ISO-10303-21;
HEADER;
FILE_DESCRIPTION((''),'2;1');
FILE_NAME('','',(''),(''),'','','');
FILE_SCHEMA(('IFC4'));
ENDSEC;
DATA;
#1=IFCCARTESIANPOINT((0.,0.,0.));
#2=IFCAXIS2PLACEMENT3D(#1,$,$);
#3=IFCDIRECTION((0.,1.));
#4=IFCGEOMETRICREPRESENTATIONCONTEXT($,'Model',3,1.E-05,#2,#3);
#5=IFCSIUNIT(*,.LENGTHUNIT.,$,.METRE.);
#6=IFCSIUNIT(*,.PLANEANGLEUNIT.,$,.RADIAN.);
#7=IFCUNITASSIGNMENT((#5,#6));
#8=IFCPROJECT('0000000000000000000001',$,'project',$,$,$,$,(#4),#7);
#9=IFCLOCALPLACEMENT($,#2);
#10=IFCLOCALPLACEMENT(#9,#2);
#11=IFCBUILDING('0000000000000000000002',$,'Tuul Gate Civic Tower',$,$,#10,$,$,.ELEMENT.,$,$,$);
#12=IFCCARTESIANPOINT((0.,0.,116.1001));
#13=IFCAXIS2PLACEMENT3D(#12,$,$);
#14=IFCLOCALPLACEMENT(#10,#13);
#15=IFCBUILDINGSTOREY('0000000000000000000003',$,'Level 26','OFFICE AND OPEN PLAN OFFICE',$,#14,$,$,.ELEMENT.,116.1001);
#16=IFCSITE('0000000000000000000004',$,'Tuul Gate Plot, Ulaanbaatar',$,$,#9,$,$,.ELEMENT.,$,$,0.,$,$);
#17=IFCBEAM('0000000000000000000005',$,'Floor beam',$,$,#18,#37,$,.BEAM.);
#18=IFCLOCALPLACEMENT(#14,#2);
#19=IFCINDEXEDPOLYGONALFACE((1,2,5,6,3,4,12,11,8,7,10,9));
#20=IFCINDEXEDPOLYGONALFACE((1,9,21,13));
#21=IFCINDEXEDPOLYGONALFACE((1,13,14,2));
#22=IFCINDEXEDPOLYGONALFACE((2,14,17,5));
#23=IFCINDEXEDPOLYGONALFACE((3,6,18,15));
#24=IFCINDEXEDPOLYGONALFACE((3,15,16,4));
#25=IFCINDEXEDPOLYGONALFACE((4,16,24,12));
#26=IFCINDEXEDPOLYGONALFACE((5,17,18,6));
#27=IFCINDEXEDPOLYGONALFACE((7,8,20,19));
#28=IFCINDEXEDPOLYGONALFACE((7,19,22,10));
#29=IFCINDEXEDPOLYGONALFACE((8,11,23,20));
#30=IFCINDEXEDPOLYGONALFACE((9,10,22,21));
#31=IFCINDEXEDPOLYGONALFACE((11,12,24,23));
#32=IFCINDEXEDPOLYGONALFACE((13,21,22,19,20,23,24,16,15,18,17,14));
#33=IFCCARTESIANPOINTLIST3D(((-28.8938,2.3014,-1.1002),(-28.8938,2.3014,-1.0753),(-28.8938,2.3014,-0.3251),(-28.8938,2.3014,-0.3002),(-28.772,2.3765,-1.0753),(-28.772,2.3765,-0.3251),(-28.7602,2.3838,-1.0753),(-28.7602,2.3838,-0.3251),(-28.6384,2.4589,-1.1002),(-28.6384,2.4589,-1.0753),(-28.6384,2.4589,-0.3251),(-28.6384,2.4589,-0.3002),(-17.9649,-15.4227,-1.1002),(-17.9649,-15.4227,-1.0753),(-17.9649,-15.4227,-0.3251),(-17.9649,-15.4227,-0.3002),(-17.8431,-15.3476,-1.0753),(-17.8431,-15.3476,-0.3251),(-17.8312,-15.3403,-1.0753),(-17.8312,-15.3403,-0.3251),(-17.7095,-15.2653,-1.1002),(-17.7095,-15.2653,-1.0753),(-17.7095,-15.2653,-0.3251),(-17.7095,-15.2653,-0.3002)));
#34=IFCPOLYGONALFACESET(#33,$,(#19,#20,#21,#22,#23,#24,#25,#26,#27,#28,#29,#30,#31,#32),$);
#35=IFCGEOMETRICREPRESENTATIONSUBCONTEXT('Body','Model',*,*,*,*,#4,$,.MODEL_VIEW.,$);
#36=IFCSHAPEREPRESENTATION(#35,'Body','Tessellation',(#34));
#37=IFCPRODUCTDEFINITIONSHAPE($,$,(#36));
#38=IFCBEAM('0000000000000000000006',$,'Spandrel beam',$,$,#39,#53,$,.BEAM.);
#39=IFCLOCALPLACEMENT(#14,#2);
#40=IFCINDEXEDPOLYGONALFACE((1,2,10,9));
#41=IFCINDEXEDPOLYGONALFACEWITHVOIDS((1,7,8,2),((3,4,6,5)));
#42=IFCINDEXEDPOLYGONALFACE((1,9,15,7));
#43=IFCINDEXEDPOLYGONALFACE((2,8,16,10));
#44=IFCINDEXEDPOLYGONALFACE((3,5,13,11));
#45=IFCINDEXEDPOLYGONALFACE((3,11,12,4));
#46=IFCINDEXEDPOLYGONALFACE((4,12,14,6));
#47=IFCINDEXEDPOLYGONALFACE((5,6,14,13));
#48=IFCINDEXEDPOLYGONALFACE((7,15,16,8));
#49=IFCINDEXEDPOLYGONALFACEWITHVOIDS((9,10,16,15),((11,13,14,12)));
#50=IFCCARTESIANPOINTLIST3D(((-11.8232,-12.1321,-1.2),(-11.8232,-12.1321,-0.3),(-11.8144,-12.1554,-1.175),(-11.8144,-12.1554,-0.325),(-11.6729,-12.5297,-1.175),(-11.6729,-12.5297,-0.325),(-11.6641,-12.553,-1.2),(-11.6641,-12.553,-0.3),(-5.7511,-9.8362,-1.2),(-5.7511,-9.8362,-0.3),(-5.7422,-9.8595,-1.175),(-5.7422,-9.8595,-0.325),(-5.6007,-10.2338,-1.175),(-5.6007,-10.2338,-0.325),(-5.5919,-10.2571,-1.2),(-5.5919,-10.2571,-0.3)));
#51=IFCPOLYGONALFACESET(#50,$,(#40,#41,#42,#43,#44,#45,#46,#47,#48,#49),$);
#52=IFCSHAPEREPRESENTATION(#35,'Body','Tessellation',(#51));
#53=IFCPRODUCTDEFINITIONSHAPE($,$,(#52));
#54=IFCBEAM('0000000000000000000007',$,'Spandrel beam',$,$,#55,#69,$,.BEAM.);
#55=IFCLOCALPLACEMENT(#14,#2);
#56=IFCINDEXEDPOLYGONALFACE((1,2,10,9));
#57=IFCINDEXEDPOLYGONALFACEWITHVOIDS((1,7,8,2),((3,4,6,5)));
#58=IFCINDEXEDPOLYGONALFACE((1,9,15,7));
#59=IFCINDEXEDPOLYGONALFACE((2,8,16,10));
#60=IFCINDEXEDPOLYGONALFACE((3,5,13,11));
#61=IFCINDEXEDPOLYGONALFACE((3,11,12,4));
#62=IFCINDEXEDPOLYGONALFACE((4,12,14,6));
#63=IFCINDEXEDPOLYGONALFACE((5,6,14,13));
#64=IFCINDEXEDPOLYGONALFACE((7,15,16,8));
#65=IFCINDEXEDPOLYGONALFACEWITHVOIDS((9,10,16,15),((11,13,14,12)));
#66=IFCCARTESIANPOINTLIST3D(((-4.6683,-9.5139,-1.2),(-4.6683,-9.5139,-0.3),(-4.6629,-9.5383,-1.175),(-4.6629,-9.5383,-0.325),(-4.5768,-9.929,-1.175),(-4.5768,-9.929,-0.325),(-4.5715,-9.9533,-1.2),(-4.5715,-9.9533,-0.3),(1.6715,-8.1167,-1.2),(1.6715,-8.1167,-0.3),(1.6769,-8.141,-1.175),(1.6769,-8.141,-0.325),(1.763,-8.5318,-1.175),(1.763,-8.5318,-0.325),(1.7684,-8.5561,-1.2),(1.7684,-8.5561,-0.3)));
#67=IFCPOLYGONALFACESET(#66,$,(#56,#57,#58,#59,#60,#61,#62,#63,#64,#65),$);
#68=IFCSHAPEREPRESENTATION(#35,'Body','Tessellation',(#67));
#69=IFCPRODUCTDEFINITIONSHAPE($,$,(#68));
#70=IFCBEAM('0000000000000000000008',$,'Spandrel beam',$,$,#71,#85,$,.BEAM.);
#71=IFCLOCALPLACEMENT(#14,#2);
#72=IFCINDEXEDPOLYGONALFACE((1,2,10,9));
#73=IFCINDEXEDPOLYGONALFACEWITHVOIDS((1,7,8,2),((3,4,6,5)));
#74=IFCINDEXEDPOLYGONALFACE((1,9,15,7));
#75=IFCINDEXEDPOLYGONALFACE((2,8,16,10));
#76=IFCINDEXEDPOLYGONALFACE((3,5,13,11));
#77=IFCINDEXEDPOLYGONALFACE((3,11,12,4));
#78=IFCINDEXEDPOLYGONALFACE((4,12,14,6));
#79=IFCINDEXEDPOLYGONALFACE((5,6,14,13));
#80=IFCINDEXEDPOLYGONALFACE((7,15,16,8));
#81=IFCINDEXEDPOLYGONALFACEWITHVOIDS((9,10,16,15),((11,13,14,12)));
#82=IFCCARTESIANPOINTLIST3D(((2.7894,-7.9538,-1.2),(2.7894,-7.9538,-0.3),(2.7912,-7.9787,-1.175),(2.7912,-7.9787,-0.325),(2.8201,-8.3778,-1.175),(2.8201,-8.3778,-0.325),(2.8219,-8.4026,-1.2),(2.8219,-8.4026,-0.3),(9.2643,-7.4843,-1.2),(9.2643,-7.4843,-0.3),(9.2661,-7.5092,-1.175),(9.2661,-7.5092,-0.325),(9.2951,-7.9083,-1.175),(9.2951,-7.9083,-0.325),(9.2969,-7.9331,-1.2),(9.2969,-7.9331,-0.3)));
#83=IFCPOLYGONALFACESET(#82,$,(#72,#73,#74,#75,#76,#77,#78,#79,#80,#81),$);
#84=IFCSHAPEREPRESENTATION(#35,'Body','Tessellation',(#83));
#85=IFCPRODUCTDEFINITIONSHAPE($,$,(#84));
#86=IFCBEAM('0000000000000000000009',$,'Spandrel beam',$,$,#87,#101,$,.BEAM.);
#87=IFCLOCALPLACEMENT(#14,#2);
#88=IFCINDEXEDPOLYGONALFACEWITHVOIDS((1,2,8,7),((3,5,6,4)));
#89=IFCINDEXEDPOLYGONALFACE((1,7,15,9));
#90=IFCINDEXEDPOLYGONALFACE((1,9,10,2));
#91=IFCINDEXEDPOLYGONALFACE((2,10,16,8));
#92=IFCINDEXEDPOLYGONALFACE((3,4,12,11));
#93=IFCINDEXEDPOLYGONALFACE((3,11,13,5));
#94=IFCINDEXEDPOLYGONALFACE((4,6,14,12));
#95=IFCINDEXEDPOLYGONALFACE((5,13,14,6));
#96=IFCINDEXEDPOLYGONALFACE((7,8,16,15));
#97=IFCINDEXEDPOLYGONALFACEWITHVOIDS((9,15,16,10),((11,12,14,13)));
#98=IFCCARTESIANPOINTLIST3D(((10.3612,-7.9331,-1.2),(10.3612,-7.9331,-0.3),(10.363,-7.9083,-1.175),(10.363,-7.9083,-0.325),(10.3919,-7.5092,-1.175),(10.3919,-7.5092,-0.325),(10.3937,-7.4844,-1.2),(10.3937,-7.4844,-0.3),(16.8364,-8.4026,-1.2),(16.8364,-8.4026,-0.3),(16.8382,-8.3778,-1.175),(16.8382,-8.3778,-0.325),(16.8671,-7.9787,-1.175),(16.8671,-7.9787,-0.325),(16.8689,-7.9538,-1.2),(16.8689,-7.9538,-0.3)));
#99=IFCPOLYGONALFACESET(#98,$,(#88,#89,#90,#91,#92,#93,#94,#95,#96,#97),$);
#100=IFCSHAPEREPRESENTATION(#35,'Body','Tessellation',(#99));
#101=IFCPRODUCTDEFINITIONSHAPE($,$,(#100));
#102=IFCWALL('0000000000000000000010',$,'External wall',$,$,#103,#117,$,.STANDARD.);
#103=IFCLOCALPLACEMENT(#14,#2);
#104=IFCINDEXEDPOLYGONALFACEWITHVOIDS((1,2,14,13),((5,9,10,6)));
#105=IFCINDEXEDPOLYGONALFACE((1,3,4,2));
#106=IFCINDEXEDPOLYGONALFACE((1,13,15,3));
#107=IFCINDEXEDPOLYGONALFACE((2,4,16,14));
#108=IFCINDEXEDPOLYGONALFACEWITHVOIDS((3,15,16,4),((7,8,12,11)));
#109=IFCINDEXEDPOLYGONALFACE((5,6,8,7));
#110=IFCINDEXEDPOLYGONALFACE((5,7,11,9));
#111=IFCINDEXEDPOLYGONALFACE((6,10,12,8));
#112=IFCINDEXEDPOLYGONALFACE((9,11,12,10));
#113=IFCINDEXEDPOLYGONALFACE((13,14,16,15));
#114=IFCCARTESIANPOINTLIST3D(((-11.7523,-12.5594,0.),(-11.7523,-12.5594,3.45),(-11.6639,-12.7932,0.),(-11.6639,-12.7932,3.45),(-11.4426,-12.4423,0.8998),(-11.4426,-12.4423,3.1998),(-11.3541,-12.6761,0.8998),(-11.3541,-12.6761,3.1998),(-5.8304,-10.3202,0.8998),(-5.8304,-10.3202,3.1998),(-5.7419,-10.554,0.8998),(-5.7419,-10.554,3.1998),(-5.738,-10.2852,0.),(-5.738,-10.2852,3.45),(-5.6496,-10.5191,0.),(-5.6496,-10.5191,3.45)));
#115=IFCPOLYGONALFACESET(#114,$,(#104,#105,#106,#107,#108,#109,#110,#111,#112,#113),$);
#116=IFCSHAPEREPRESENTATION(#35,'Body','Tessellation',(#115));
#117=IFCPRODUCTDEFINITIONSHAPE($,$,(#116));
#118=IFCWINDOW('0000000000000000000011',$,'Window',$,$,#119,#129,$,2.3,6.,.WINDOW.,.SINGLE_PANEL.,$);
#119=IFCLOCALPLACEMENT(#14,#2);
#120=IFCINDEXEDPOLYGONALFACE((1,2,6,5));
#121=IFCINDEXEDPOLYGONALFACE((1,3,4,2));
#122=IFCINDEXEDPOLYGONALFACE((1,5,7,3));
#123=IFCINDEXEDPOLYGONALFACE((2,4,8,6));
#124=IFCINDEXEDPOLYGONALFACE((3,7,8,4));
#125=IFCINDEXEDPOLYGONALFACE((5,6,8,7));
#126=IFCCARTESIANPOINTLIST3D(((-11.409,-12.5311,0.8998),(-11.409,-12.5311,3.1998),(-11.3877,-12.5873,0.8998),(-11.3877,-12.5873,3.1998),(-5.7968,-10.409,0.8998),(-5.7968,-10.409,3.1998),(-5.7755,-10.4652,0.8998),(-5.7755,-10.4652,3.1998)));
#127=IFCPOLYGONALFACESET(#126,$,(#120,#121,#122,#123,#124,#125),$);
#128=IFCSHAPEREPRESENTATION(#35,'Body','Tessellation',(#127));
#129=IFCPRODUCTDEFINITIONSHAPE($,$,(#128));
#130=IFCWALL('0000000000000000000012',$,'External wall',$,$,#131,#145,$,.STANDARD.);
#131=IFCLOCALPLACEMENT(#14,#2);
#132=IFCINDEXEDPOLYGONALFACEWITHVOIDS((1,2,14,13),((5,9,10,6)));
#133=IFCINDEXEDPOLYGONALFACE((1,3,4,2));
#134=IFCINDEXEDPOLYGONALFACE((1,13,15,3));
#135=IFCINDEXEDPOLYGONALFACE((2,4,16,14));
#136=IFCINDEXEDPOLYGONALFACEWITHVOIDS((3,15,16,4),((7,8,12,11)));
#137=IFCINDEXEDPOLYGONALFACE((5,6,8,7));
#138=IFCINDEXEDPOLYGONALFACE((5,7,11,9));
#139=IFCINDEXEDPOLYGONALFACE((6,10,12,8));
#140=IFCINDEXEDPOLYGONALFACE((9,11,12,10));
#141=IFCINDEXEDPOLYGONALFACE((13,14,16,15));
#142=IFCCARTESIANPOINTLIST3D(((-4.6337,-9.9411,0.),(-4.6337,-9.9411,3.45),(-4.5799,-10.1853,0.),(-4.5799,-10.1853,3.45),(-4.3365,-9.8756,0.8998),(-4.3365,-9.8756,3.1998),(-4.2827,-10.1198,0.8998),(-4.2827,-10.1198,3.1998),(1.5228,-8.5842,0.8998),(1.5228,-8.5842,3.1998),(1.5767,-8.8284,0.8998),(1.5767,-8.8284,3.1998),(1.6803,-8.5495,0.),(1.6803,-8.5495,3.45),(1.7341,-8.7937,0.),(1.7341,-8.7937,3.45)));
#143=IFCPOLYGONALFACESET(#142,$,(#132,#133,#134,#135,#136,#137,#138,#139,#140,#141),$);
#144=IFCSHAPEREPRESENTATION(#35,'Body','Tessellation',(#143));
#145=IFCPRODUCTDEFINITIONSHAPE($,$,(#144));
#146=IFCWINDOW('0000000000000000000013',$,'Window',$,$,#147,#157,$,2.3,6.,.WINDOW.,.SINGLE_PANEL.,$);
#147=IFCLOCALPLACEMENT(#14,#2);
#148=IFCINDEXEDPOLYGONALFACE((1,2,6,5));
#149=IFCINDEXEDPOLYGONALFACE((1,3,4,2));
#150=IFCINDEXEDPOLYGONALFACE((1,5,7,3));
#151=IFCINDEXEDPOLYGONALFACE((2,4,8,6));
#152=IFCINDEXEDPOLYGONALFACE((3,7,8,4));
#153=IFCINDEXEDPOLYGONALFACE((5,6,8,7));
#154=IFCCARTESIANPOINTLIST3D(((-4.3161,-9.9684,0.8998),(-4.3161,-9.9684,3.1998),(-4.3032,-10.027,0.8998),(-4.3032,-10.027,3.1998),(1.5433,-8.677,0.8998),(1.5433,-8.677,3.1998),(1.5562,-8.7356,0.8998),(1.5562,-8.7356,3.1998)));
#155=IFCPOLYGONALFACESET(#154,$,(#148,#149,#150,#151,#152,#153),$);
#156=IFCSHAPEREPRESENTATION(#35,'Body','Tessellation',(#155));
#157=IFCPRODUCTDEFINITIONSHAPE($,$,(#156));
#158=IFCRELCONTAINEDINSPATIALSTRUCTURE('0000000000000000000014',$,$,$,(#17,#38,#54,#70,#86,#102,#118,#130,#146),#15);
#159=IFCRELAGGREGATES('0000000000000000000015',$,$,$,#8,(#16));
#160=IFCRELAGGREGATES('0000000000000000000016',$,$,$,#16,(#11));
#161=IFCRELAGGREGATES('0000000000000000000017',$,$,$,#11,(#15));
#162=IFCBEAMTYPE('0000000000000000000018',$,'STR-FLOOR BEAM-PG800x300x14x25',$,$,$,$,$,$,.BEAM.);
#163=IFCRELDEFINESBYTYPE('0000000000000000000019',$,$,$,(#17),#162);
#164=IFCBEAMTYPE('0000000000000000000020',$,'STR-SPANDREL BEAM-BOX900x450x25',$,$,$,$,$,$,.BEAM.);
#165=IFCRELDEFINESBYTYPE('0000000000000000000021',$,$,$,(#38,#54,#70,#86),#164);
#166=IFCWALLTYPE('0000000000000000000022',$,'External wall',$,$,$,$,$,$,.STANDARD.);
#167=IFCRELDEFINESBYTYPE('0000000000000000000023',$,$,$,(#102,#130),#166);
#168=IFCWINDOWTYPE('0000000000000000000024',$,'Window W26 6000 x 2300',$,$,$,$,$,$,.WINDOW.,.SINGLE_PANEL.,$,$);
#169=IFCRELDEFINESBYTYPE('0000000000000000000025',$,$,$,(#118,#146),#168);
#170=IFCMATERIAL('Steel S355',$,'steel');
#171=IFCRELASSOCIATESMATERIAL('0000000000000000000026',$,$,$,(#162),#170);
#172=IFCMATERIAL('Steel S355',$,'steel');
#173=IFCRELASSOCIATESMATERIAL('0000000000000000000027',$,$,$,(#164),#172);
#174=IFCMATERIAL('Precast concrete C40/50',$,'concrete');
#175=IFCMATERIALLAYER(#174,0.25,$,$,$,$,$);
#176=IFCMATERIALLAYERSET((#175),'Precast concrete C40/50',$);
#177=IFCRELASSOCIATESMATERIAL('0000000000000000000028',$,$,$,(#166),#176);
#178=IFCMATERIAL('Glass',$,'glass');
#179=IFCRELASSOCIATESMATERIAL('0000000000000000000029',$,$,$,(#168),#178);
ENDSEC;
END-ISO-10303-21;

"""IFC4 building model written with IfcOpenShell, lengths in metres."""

from ifc_helpers import new_model, si_unit, direction, frame, frame_2d, origin, origin_2d, place, context, subcontext, project, spatial, rectangle, hollow_rectangle, i_section, extrude, material, layer, layer_set, material_profile, profile_set, type_object, element, fill, save


model = new_model("IFC4")

# Units and contexts
model_context = context("Model", 3, precision=1e-05, world=origin(), true_north=direction((0.0, 1.0)))
body_context = subcontext(model_context, "Body", "Model", "MODEL_VIEW")
ifc_project = project(units=[si_unit("LENGTHUNIT", "METRE"), si_unit("PLANEANGLEUNIT", "RADIAN")], contexts=[model_context])

# Site, building, storey
site_placement = place(None, origin())
site = spatial("IfcSite", under=ifc_project, at=site_placement, Name="Tuul Gate Plot, Ulaanbaatar", CompositionType="ELEMENT", RefElevation=0.0)
building_placement = place(site_placement, origin())
building = spatial("IfcBuilding", under=site, at=building_placement, Name="Tuul Gate Civic Tower", CompositionType="ELEMENT")
storey_placement = place(building_placement, frame((0.0, 0.0, 116.1001)))
storey = spatial("IfcBuildingStorey", under=building, at=storey_placement, Name="Level 26", Description="OFFICE AND OPEN PLAN OFFICE", CompositionType="ELEMENT", Elevation=116.1001)

# Beams
ifc_material_1 = material(Name="Steel S355", Category="steel")
ifc_material_profile_1 = material_profile(ifc_material_1, i_section(OverallWidth=0.3, OverallDepth=0.8, WebThickness=0.0139, FlangeThickness=0.0249, at=origin_2d()), Name="PG800x300x14x25")
ifc_profile_set_1 = profile_set([ifc_material_profile_1], Name="Steel S355")
beam_type_1 = type_object("IfcBeamType", Name="STR-FLOOR BEAM-PG800x300x14x25", PredefinedType="BEAM", material=ifc_profile_set_1)
beam_1_placement = place(storey_placement, frame((-17.8372, -15.344, -0.7002), z_axis=(-0.524857, 0.851191, 0.0), x_axis=(-0.851191, -0.524857, 0.0)))
element("IfcBeam", 1, at=beam_1_placement, inside=storey, type_object=beam_type_1, Name="Floor beam", PredefinedType="BEAM", context=body_context, shape_type="SweptSolid", body=[
    extrude(i_section(OverallWidth=0.3, OverallDepth=0.8, WebThickness=0.0139, FlangeThickness=0.0249, at=origin_2d()), origin(), (0.0, 0.0, 1.0), 20.8228),
])
ifc_material_2 = material(Name="Steel S355", Category="steel")
ifc_material_profile_2 = material_profile(ifc_material_2, hollow_rectangle(XDim=0.45, YDim=0.8999, WallThickness=0.0249, at=origin_2d()), Name="BOX900x450x25")
ifc_profile_set_2 = profile_set([ifc_material_profile_2], Name="Steel S355")
beam_type_2 = type_object("IfcBeamType", Name="STR-SPANDREL BEAM-BOX900x450x25", PredefinedType="BEAM", material=ifc_profile_set_2)
beam_2_placement = place(storey_placement, frame((-11.7437, -12.3425, -0.75), z_axis=(0.935374, 0.353661, 0.0), x_axis=(-0.353661, 0.935374, 0.0)))
element("IfcBeam", 2, at=beam_2_placement, inside=storey, type_object=beam_type_2, Name="Spandrel beam", PredefinedType="BEAM", context=body_context, shape_type="SweptSolid", body=[
    extrude(hollow_rectangle(XDim=0.45, YDim=0.8999, WallThickness=0.0249, at=origin_2d()), origin(), (0.0, 0.0, 1.0), 6.4917),
])
for number, where, z_axis, x_axis, name in (
    (3, (-4.6199, -9.7336, -0.75), (0.976565, 0.215222, 0.0), (-0.215222, 0.976565, 0.0), "Spandrel beam"),
    (4, (2.8057, -8.1782, -0.75), (0.997382, 0.072319, 0.0), (-0.072319, 0.997382, 0.0), "Spandrel beam"),
):
    element("IfcBeam", number, at=place(storey_placement, frame(where, z_axis=z_axis, x_axis=x_axis)), inside=storey, type_object=beam_type_2, Name=name, PredefinedType="BEAM", context=body_context, shape_type="SweptSolid", body=[
        extrude(hollow_rectangle(XDim=0.45, YDim=0.8999, WallThickness=0.0249, at=origin_2d()), origin(), (0.0, 0.0, 1.0), 6.4919),
    ])
beam_3_placement = place(storey_placement, frame((10.3774, -7.7087, -0.75), z_axis=(0.997382, -0.072316, 0.0), x_axis=(0.072316, 0.997382, 0.0)))
element("IfcBeam", 5, at=beam_3_placement, inside=storey, type_object=beam_type_2, Name="Spandrel beam", PredefinedType="BEAM", context=body_context, shape_type="SweptSolid", body=[
    extrude(hollow_rectangle(XDim=0.45, YDim=0.8999, WallThickness=0.0249, at=origin_2d()), origin(), (0.0, 0.0, 1.0), 6.4922),
])

# Walls, openings, windows
ifc_material_3 = material(Name="Precast concrete C40/50", Category="concrete")
ifc_layer_1 = layer(ifc_material_3, 0.25)
ifc_layer_set_1 = layer_set([ifc_layer_1], Name="Precast concrete C40/50")
wall_type_1 = type_object("IfcWallType", Name="External wall", PredefinedType="STANDARD", material=ifc_layer_set_1)
wall_1_placement = place(storey_placement, frame((-11.708, -12.6763, 0.0), z_axis=(0.0, 0.0, 1.0), x_axis=(0.935366, 0.353681, 0.0)))
wall_1 = element("IfcWall", 6, at=wall_1_placement, inside=storey, type_object=wall_type_1, Name="External wall", PredefinedType="STANDARD", context=body_context, shape_type="SweptSolid", body=[
    extrude(rectangle(XDim=6.4299, YDim=0.25, at=frame_2d((3.2148, 0.0))), origin(), (0.0, 0.0, 1.0), 3.45),
])
opening_1_placement = place(wall_1_placement, frame((0.3311, 0.0, 0.8999)))
opening_1 = element("IfcOpeningElement", 7, at=opening_1_placement, cuts=wall_1, PredefinedType="OPENING", context=body_context, shape_type="SweptSolid", body=[
    extrude(rectangle(XDim=6.0, YDim=2.3, at=frame_2d((3.0, 1.1499))), frame((0.0, 0.135, 0.0), z_axis=(0.0, -1.0, 0.0), x_axis=(1.0, 0.0, 0.0)), (0.0, 0.0, 1.0), 0.27),
])
ifc_material_4 = material(Name="Glass", Category="glass")
window_type = type_object("IfcWindowType", Name="Window W26 6000 x 2300", PartitioningType="SINGLE_PANEL", PredefinedType="WINDOW", material=ifc_material_4)
window_1_placement = place(opening_1_placement, origin())
window_1 = element("IfcWindow", 8, at=window_1_placement, inside=storey, type_object=window_type, Name="Window", OverallHeight=2.3, OverallWidth=6.0, PartitioningType="SINGLE_PANEL", PredefinedType="WINDOW", context=body_context, shape_type="SweptSolid", body=[
    extrude(rectangle(XDim=6.0, YDim=2.3, at=frame_2d((3.0, 1.1499))), frame((0.0, 0.03, 0.0), z_axis=(0.0, -1.0, 0.0), x_axis=(1.0, 0.0, 0.0)), (0.0, 0.0, 1.0), 0.0601),
])
fill(opening_1, window_1)
wall_2_placement = place(storey_placement, frame((-4.6069, -10.0632, 0.0), z_axis=(0.0, 0.0, 1.0), x_axis=(0.976562, 0.215235, 0.0)))
wall_2 = element("IfcWall", 9, at=wall_2_placement, inside=storey, type_object=wall_type_1, Name="External wall", PredefinedType="STANDARD", context=body_context, shape_type="SweptSolid", body=[
    extrude(rectangle(XDim=6.4656, YDim=0.25, at=frame_2d((3.2329, 0.0))), origin(), (0.0, 0.0, 1.0), 3.45),
])
opening_2_placement = place(wall_2_placement, frame((0.3044, 0.0, 0.8999)))
opening_2 = element("IfcOpeningElement", 10, at=opening_2_placement, cuts=wall_2, PredefinedType="OPENING", context=body_context, shape_type="SweptSolid", body=[
    extrude(rectangle(XDim=6.0, YDim=2.3, at=frame_2d((3.0, 1.1499))), frame((0.0, 0.135, 0.0), z_axis=(0.0, -1.0, 0.0), x_axis=(1.0, 0.0, 0.0)), (0.0, 0.0, 1.0), 0.27),
])
window_2_placement = place(opening_2_placement, origin())
window_2 = element("IfcWindow", 11, at=window_2_placement, inside=storey, type_object=window_type, Name="Window", OverallHeight=2.3, OverallWidth=6.0, PartitioningType="SINGLE_PANEL", PredefinedType="WINDOW", context=body_context, shape_type="SweptSolid", body=[
    extrude(rectangle(XDim=6.0, YDim=2.3, at=frame_2d((3.0, 1.1499))), frame((0.0, 0.03, 0.0), z_axis=(0.0, -1.0, 0.0), x_axis=(1.0, 0.0, 0.0)), (0.0, 0.0, 1.0), 0.0601),
])
fill(opening_2, window_2)

save(model, "model.ifc")
